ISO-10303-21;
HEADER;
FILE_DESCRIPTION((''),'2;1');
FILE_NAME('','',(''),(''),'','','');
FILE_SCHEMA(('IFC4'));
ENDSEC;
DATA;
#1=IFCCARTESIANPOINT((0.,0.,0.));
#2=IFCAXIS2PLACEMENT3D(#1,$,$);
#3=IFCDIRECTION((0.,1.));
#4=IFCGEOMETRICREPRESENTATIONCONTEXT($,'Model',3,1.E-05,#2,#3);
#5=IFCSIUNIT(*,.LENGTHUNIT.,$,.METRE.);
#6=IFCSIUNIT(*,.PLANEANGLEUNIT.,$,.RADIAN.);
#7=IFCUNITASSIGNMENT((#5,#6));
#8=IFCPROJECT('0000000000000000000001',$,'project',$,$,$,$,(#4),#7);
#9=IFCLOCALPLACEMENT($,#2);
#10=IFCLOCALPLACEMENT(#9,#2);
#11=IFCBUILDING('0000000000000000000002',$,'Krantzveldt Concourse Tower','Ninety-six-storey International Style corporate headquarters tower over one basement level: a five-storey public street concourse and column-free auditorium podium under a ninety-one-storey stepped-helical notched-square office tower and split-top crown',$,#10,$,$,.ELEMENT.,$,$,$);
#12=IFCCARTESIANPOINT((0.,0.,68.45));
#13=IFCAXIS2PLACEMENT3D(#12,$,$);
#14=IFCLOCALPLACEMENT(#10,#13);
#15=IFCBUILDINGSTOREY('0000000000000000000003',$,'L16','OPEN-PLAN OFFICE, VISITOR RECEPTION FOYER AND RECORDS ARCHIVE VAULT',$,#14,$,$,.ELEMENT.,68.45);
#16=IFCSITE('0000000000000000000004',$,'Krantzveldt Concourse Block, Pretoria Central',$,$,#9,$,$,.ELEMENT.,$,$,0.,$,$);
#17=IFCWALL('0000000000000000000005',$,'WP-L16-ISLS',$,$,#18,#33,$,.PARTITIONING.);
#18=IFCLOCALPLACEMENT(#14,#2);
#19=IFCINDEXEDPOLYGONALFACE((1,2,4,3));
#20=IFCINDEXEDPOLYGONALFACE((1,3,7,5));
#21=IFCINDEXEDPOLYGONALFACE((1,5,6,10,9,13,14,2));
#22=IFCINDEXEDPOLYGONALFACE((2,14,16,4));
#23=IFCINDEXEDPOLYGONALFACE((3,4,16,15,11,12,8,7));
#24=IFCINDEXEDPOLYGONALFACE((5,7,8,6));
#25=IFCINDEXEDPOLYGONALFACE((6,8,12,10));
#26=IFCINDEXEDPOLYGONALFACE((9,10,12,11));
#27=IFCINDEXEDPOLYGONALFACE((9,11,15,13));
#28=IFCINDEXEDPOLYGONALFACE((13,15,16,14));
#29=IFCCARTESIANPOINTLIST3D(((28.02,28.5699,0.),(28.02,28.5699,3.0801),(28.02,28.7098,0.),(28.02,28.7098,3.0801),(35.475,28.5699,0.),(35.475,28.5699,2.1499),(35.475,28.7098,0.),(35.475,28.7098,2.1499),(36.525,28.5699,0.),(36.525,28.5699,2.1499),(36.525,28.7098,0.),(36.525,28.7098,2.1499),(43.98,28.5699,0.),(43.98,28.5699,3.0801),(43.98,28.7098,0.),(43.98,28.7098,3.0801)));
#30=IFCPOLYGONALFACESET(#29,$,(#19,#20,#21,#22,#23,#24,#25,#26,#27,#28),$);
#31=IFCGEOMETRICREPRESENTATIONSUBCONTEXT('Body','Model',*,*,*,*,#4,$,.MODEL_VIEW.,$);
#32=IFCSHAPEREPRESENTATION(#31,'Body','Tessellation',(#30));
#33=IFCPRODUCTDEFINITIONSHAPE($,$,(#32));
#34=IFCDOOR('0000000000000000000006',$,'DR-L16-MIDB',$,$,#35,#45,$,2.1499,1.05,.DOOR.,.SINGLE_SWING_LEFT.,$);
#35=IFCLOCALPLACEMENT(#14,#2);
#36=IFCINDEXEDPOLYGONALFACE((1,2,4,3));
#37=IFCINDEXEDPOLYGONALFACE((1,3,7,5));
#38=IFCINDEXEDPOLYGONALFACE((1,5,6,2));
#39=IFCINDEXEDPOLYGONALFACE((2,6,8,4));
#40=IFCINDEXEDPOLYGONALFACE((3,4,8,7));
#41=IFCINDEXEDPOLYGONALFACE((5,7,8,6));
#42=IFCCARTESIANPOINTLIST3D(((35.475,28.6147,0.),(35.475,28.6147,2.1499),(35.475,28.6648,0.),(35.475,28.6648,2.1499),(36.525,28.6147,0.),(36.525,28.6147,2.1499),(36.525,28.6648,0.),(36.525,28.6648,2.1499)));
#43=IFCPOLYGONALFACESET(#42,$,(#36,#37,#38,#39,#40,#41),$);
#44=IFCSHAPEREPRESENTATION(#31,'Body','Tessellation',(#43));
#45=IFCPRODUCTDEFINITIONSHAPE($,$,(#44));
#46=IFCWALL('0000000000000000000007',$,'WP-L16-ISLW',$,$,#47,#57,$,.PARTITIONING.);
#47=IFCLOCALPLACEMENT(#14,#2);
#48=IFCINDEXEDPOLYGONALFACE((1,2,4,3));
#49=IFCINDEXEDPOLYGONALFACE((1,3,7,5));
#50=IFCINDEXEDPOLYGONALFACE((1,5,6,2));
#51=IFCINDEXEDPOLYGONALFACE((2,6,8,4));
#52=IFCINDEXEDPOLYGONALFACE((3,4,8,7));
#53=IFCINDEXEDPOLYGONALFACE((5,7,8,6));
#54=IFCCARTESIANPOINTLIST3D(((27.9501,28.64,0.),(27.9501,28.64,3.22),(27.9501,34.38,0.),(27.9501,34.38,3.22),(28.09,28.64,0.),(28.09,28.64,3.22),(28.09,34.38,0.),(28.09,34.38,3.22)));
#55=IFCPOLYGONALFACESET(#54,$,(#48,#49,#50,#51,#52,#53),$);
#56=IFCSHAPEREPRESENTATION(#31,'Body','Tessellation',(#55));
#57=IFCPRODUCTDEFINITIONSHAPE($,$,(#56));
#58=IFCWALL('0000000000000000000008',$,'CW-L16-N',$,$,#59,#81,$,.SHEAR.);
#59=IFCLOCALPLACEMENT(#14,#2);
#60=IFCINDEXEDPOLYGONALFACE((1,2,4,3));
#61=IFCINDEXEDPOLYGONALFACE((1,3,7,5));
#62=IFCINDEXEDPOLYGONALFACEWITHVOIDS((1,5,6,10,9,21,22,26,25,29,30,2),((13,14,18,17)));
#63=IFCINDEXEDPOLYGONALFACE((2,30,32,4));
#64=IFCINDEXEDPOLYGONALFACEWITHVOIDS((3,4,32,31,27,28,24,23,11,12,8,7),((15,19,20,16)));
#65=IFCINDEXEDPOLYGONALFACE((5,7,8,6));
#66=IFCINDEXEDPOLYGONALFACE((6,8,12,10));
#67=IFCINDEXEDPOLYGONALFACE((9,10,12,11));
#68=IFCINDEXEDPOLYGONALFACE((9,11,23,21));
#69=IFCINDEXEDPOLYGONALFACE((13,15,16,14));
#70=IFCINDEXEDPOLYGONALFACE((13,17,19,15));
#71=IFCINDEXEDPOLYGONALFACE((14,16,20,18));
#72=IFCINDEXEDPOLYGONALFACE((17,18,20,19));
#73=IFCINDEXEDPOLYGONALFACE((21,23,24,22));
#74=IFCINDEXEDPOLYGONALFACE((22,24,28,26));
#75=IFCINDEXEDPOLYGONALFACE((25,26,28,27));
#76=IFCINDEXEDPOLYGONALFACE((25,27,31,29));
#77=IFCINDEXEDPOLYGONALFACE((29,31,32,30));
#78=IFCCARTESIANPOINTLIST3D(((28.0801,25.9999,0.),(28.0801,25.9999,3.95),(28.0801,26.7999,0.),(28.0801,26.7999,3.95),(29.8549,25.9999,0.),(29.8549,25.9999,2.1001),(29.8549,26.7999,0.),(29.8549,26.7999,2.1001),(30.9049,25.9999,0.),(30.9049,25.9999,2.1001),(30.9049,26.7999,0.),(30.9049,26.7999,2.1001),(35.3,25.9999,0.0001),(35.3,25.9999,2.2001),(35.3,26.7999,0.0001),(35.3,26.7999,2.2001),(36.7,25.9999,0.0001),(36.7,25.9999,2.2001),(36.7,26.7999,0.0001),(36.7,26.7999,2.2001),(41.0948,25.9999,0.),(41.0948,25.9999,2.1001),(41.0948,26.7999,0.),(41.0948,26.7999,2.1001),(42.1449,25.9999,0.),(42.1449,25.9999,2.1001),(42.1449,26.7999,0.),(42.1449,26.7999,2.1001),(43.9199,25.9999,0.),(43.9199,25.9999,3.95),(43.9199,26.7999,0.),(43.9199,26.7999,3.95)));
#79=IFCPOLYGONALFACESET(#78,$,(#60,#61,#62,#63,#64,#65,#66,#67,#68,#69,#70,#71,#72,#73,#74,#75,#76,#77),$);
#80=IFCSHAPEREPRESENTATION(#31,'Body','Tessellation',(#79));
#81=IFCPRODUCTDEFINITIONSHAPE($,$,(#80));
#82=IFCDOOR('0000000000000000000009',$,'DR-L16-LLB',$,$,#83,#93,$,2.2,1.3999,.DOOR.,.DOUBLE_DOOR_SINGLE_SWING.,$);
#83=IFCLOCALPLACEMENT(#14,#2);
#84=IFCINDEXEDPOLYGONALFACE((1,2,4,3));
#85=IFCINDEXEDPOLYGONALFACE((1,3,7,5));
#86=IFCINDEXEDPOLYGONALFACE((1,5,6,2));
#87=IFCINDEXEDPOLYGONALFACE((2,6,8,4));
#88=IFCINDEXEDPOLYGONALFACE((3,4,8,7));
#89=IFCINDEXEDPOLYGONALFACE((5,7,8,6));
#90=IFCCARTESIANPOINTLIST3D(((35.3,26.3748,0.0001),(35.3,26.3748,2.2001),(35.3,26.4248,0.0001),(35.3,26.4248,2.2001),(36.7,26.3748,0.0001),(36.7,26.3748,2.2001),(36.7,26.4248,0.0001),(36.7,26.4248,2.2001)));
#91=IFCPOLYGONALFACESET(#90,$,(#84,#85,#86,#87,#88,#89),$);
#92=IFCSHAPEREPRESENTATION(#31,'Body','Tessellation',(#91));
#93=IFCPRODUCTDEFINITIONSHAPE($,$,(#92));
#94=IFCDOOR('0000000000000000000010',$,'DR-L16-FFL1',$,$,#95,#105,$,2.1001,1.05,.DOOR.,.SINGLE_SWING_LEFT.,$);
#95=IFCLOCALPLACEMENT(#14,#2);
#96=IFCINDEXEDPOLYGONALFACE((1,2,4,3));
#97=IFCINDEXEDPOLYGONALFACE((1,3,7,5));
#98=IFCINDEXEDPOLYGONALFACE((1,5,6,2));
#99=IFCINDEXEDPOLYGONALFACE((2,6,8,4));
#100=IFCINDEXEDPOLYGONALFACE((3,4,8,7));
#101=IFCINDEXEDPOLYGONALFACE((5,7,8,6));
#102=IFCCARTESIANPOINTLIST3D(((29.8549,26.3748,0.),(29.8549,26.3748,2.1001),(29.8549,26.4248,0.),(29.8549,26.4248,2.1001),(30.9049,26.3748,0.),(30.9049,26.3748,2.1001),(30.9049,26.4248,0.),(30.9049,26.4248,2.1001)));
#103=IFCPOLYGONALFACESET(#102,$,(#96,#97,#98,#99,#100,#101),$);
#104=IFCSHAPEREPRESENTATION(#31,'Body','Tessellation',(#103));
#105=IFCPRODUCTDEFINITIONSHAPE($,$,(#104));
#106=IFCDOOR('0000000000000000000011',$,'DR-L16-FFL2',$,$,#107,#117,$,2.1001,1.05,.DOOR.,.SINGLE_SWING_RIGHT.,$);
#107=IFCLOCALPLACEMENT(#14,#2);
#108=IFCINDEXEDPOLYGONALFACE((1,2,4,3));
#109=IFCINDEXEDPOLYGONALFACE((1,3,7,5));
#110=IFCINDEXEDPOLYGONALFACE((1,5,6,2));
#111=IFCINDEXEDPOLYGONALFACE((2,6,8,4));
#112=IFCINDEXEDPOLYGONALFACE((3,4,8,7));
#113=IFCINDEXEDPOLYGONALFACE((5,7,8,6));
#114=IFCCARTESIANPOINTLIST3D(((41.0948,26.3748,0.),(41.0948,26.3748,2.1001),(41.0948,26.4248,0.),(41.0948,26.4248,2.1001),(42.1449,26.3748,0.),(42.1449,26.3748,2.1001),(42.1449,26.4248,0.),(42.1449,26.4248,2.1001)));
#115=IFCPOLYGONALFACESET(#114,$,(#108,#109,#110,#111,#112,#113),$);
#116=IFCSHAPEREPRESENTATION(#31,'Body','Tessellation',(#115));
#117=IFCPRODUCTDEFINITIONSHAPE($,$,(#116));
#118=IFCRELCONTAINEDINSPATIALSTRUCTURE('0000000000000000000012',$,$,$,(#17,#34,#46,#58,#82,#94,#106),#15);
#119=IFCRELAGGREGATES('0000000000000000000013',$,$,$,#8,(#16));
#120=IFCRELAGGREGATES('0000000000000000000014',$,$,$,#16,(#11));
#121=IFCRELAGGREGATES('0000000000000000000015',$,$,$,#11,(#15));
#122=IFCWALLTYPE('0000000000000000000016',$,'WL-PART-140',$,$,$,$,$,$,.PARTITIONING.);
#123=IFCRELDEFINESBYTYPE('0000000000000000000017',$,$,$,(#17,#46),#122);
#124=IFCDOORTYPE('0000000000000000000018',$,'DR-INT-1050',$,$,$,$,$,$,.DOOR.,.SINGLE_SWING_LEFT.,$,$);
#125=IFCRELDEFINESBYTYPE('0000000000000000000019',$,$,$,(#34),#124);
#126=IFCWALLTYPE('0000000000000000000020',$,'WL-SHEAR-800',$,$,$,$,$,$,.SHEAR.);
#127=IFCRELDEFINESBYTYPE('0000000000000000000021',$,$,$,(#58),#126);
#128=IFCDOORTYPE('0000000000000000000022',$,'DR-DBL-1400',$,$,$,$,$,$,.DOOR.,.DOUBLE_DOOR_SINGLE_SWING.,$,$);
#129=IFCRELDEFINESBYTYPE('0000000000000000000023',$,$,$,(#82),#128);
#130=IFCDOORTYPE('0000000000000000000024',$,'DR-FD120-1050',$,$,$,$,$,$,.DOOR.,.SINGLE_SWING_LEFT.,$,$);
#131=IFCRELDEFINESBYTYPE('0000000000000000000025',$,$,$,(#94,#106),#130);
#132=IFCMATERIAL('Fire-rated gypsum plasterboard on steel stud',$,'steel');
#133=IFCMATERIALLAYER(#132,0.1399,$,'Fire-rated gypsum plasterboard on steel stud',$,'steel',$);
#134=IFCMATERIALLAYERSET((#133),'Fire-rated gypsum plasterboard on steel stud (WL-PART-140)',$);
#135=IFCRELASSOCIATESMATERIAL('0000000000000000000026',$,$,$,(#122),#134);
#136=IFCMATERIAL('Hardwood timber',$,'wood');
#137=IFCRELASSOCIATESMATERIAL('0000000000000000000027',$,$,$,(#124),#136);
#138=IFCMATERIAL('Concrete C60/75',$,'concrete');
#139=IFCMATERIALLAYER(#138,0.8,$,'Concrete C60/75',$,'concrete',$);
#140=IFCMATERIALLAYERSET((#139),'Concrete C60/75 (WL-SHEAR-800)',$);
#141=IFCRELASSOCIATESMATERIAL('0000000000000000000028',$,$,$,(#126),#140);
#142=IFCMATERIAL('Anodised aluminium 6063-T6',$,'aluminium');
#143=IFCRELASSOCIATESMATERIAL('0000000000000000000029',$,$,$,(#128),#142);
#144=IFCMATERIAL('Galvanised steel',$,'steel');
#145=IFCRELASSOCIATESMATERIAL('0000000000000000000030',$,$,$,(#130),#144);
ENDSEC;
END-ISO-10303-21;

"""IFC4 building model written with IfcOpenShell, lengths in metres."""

from ifc_helpers import new_model, si_unit, direction, frame, frame_2d, origin, place, context, subcontext, project, spatial, rectangle, extrude, material, layer, layer_set, type_object, element, fill, save


model = new_model("IFC4")

# Units and contexts
model_context = context("Model", 3, precision=1e-05, world=origin(), true_north=direction((0.0, 1.0)))
body_context = subcontext(model_context, "Body", "Model", "MODEL_VIEW")
ifc_project = project(units=[si_unit("LENGTHUNIT", "METRE"), si_unit("PLANEANGLEUNIT", "RADIAN")], contexts=[model_context])

# Site, building, storey
site_placement = place(None, origin())
site = spatial("IfcSite", under=ifc_project, at=site_placement, Name="Krantzveldt Concourse Block, Pretoria Central", CompositionType="ELEMENT", RefElevation=0.0)
building_placement = place(site_placement, origin())
building = spatial("IfcBuilding", under=site, at=building_placement, Name="Krantzveldt Concourse Tower", Description="Ninety-six-storey International Style corporate headquarters tower over one basement level: a five-storey public street concourse and column-free auditorium podium under a ninety-one-storey stepped-helical notched-square office tower and split-top crown", CompositionType="ELEMENT")
storey_placement = place(building_placement, frame((0.0, 0.0, 68.45)))
storey = spatial("IfcBuildingStorey", under=building, at=storey_placement, Name="L16", Description="OPEN-PLAN OFFICE, VISITOR RECEPTION FOYER AND RECORDS ARCHIVE VAULT", CompositionType="ELEMENT", Elevation=68.45)

# Shared definitions
ifc_material_1 = material(Name="Fire-rated gypsum plasterboard on steel stud", Category="steel")

# Wall, opening, door
ifc_layer_1 = layer(ifc_material_1, 0.1399, Name="Fire-rated gypsum plasterboard on steel stud", Category="steel")
ifc_layer_set_1 = layer_set([ifc_layer_1], Name="Fire-rated gypsum plasterboard on steel stud (WL-PART-140)")
wall_type_1 = type_object("IfcWallType", Name="WL-PART-140", PredefinedType="PARTITIONING", material=ifc_layer_set_1)
wall_1_placement = place(storey_placement, frame((28.02, 28.6399, 0.0), z_axis=(0.0, 0.0, 1.0), x_axis=(1.0, 0.0, 0.0)))
wall_1 = element("IfcWall", 1, at=wall_1_placement, inside=storey, type_object=wall_type_1, Name="WP-L16-ISLS", PredefinedType="PARTITIONING", context=body_context, shape_type="SweptSolid", body=[
    extrude(rectangle(XDim=15.96, YDim=0.1399, at=frame_2d((7.98, 0.0))), origin(), (0.0, 0.0, 1.0), 3.0801),
])
opening_1_placement = place(wall_1_placement, frame((7.4551, 0.0, 0.0)))
opening_1 = element("IfcOpeningElement", 2, at=opening_1_placement, cuts=wall_1, PredefinedType="OPENING", context=body_context, shape_type="SweptSolid", body=[
    extrude(rectangle(XDim=1.05, YDim=2.1499, at=frame_2d((0.5249, 1.075))), frame((0.0, 0.0801, 0.0), z_axis=(0.0, -1.0, 0.0), x_axis=(1.0, 0.0, 0.0)), (0.0, 0.0, 1.0), 0.1599),
])
ifc_material_2 = material(Name="Hardwood timber", Category="wood")
door_type_1 = type_object("IfcDoorType", Name="DR-INT-1050", OperationType="SINGLE_SWING_LEFT", PredefinedType="DOOR", material=ifc_material_2)
door_1_placement = place(opening_1_placement, origin())
door_1 = element("IfcDoor", 3, at=door_1_placement, inside=storey, type_object=door_type_1, Name="DR-L16-MIDB", OperationType="SINGLE_SWING_LEFT", OverallHeight=2.1499, OverallWidth=1.05, PredefinedType="DOOR", context=body_context, shape_type="SweptSolid", body=[
    extrude(rectangle(XDim=1.05, YDim=2.1499, at=frame_2d((0.5249, 1.075))), frame((0.0, 0.0249, 0.0), z_axis=(0.0, -1.0, 0.0), x_axis=(1.0, 0.0, 0.0)), (0.0, 0.0, 1.0), 0.05),
])
fill(opening_1, door_1)

# Wall
wall_2_placement = place(storey_placement, frame((28.02, 28.6399, 0.0), z_axis=(0.0, 0.0, 1.0), x_axis=(0.0, 1.0, 0.0)))
element("IfcWall", 4, at=wall_2_placement, inside=storey, type_object=wall_type_1, Name="WP-L16-ISLW", PredefinedType="PARTITIONING", context=body_context, shape_type="SweptSolid", body=[
    extrude(rectangle(XDim=5.74, YDim=0.1399, at=frame_2d((2.8701, 0.0))), origin(), (0.0, 0.0, 1.0), 3.22),
])

# Wall, openings, doors
ifc_material_3 = material(Name="Concrete C60/75", Category="concrete")
ifc_layer_2 = layer(ifc_material_3, 0.8, Name="Concrete C60/75", Category="concrete")
ifc_layer_set_2 = layer_set([ifc_layer_2], Name="Concrete C60/75 (WL-SHEAR-800)")
wall_type_2 = type_object("IfcWallType", Name="WL-SHEAR-800", PredefinedType="SHEAR", material=ifc_layer_set_2)
wall_3_placement = place(storey_placement, frame((28.0801, 26.3999, 0.0), z_axis=(0.0, 0.0, 1.0), x_axis=(1.0, 0.0, 0.0)))
wall_3 = element("IfcWall", 5, at=wall_3_placement, inside=storey, type_object=wall_type_2, Name="CW-L16-N", PredefinedType="SHEAR", context=body_context, shape_type="SweptSolid", body=[
    extrude(rectangle(XDim=15.8398, YDim=0.8, at=frame_2d((7.9199, 0.0))), origin(), (0.0, 0.0, 1.0), 3.95),
])
opening_2_placement = place(wall_3_placement, frame((7.22, 0.0, 0.0)))
opening_2 = element("IfcOpeningElement", 6, at=opening_2_placement, cuts=wall_3, PredefinedType="OPENING", context=body_context, shape_type="SweptSolid", body=[
    extrude(rectangle(XDim=1.3999, YDim=2.2, at=frame_2d((0.7, 1.1001))), frame((0.0, 0.4102, 0.0), z_axis=(0.0, -1.0, 0.0), x_axis=(1.0, 0.0, 0.0)), (0.0, 0.0, 1.0), 0.8201),
])
opening_3_placement = place(wall_3_placement, frame((1.7749, 0.0, 0.0)))
opening_3 = element("IfcOpeningElement", 7, at=opening_3_placement, cuts=wall_3, PredefinedType="OPENING", context=body_context, shape_type="SweptSolid", body=[
    extrude(rectangle(XDim=1.05, YDim=2.1001, at=frame_2d((0.5249, 1.05))), frame((0.0, 0.4102, 0.0), z_axis=(0.0, -1.0, 0.0), x_axis=(1.0, 0.0, 0.0)), (0.0, 0.0, 1.0), 0.8201),
])
opening_4_placement = place(wall_3_placement, frame((13.0149, 0.0, 0.0)))
opening_4 = element("IfcOpeningElement", 8, at=opening_4_placement, cuts=wall_3, PredefinedType="OPENING", context=body_context, shape_type="SweptSolid", body=[
    extrude(rectangle(XDim=1.05, YDim=2.1001, at=frame_2d((0.5249, 1.05))), frame((0.0, 0.4102, 0.0), z_axis=(0.0, -1.0, 0.0), x_axis=(1.0, 0.0, 0.0)), (0.0, 0.0, 1.0), 0.8201),
])
ifc_material_4 = material(Name="Anodised aluminium 6063-T6", Category="aluminium")
door_type_2 = type_object("IfcDoorType", Name="DR-DBL-1400", OperationType="DOUBLE_DOOR_SINGLE_SWING", PredefinedType="DOOR", material=ifc_material_4)
door_2_placement = place(opening_2_placement, origin())
door_2 = element("IfcDoor", 9, at=door_2_placement, inside=storey, type_object=door_type_2, Name="DR-L16-LLB", OperationType="DOUBLE_DOOR_SINGLE_SWING", OverallHeight=2.2, OverallWidth=1.3999, PredefinedType="DOOR", context=body_context, shape_type="SweptSolid", body=[
    extrude(rectangle(XDim=1.3999, YDim=2.2, at=frame_2d((0.7, 1.1001))), frame((0.0, 0.0249, 0.0), z_axis=(0.0, -1.0, 0.0), x_axis=(1.0, 0.0, 0.0)), (0.0, 0.0, 1.0), 0.05),
])
fill(opening_2, door_2)
ifc_material_5 = material(Name="Galvanised steel", Category="steel")
door_type_3 = type_object("IfcDoorType", Name="DR-FD120-1050", OperationType="SINGLE_SWING_LEFT", PredefinedType="DOOR", material=ifc_material_5)
door_3_placement = place(opening_3_placement, origin())
door_3 = element("IfcDoor", 10, at=door_3_placement, inside=storey, type_object=door_type_3, Name="DR-L16-FFL1", OperationType="SINGLE_SWING_LEFT", OverallHeight=2.1001, OverallWidth=1.05, PredefinedType="DOOR", context=body_context, shape_type="SweptSolid", body=[
    extrude(rectangle(XDim=1.05, YDim=2.1001, at=frame_2d((0.5249, 1.05))), frame((0.0, 0.0249, 0.0), z_axis=(0.0, -1.0, 0.0), x_axis=(1.0, 0.0, 0.0)), (0.0, 0.0, 1.0), 0.05),
])
fill(opening_3, door_3)
door_4_placement = place(opening_4_placement, origin())
door_4 = element("IfcDoor", 11, at=door_4_placement, inside=storey, type_object=door_type_3, Name="DR-L16-FFL2", OperationType="SINGLE_SWING_RIGHT", OverallHeight=2.1001, OverallWidth=1.05, PredefinedType="DOOR", context=body_context, shape_type="SweptSolid", body=[
    extrude(rectangle(XDim=1.05, YDim=2.1001, at=frame_2d((0.5249, 1.05))), frame((0.0, 0.0249, 0.0), z_axis=(0.0, -1.0, 0.0), x_axis=(1.0, 0.0, 0.0)), (0.0, 0.0, 1.0), 0.05),
])
fill(opening_4, door_4)

save(model, "model.ifc")
